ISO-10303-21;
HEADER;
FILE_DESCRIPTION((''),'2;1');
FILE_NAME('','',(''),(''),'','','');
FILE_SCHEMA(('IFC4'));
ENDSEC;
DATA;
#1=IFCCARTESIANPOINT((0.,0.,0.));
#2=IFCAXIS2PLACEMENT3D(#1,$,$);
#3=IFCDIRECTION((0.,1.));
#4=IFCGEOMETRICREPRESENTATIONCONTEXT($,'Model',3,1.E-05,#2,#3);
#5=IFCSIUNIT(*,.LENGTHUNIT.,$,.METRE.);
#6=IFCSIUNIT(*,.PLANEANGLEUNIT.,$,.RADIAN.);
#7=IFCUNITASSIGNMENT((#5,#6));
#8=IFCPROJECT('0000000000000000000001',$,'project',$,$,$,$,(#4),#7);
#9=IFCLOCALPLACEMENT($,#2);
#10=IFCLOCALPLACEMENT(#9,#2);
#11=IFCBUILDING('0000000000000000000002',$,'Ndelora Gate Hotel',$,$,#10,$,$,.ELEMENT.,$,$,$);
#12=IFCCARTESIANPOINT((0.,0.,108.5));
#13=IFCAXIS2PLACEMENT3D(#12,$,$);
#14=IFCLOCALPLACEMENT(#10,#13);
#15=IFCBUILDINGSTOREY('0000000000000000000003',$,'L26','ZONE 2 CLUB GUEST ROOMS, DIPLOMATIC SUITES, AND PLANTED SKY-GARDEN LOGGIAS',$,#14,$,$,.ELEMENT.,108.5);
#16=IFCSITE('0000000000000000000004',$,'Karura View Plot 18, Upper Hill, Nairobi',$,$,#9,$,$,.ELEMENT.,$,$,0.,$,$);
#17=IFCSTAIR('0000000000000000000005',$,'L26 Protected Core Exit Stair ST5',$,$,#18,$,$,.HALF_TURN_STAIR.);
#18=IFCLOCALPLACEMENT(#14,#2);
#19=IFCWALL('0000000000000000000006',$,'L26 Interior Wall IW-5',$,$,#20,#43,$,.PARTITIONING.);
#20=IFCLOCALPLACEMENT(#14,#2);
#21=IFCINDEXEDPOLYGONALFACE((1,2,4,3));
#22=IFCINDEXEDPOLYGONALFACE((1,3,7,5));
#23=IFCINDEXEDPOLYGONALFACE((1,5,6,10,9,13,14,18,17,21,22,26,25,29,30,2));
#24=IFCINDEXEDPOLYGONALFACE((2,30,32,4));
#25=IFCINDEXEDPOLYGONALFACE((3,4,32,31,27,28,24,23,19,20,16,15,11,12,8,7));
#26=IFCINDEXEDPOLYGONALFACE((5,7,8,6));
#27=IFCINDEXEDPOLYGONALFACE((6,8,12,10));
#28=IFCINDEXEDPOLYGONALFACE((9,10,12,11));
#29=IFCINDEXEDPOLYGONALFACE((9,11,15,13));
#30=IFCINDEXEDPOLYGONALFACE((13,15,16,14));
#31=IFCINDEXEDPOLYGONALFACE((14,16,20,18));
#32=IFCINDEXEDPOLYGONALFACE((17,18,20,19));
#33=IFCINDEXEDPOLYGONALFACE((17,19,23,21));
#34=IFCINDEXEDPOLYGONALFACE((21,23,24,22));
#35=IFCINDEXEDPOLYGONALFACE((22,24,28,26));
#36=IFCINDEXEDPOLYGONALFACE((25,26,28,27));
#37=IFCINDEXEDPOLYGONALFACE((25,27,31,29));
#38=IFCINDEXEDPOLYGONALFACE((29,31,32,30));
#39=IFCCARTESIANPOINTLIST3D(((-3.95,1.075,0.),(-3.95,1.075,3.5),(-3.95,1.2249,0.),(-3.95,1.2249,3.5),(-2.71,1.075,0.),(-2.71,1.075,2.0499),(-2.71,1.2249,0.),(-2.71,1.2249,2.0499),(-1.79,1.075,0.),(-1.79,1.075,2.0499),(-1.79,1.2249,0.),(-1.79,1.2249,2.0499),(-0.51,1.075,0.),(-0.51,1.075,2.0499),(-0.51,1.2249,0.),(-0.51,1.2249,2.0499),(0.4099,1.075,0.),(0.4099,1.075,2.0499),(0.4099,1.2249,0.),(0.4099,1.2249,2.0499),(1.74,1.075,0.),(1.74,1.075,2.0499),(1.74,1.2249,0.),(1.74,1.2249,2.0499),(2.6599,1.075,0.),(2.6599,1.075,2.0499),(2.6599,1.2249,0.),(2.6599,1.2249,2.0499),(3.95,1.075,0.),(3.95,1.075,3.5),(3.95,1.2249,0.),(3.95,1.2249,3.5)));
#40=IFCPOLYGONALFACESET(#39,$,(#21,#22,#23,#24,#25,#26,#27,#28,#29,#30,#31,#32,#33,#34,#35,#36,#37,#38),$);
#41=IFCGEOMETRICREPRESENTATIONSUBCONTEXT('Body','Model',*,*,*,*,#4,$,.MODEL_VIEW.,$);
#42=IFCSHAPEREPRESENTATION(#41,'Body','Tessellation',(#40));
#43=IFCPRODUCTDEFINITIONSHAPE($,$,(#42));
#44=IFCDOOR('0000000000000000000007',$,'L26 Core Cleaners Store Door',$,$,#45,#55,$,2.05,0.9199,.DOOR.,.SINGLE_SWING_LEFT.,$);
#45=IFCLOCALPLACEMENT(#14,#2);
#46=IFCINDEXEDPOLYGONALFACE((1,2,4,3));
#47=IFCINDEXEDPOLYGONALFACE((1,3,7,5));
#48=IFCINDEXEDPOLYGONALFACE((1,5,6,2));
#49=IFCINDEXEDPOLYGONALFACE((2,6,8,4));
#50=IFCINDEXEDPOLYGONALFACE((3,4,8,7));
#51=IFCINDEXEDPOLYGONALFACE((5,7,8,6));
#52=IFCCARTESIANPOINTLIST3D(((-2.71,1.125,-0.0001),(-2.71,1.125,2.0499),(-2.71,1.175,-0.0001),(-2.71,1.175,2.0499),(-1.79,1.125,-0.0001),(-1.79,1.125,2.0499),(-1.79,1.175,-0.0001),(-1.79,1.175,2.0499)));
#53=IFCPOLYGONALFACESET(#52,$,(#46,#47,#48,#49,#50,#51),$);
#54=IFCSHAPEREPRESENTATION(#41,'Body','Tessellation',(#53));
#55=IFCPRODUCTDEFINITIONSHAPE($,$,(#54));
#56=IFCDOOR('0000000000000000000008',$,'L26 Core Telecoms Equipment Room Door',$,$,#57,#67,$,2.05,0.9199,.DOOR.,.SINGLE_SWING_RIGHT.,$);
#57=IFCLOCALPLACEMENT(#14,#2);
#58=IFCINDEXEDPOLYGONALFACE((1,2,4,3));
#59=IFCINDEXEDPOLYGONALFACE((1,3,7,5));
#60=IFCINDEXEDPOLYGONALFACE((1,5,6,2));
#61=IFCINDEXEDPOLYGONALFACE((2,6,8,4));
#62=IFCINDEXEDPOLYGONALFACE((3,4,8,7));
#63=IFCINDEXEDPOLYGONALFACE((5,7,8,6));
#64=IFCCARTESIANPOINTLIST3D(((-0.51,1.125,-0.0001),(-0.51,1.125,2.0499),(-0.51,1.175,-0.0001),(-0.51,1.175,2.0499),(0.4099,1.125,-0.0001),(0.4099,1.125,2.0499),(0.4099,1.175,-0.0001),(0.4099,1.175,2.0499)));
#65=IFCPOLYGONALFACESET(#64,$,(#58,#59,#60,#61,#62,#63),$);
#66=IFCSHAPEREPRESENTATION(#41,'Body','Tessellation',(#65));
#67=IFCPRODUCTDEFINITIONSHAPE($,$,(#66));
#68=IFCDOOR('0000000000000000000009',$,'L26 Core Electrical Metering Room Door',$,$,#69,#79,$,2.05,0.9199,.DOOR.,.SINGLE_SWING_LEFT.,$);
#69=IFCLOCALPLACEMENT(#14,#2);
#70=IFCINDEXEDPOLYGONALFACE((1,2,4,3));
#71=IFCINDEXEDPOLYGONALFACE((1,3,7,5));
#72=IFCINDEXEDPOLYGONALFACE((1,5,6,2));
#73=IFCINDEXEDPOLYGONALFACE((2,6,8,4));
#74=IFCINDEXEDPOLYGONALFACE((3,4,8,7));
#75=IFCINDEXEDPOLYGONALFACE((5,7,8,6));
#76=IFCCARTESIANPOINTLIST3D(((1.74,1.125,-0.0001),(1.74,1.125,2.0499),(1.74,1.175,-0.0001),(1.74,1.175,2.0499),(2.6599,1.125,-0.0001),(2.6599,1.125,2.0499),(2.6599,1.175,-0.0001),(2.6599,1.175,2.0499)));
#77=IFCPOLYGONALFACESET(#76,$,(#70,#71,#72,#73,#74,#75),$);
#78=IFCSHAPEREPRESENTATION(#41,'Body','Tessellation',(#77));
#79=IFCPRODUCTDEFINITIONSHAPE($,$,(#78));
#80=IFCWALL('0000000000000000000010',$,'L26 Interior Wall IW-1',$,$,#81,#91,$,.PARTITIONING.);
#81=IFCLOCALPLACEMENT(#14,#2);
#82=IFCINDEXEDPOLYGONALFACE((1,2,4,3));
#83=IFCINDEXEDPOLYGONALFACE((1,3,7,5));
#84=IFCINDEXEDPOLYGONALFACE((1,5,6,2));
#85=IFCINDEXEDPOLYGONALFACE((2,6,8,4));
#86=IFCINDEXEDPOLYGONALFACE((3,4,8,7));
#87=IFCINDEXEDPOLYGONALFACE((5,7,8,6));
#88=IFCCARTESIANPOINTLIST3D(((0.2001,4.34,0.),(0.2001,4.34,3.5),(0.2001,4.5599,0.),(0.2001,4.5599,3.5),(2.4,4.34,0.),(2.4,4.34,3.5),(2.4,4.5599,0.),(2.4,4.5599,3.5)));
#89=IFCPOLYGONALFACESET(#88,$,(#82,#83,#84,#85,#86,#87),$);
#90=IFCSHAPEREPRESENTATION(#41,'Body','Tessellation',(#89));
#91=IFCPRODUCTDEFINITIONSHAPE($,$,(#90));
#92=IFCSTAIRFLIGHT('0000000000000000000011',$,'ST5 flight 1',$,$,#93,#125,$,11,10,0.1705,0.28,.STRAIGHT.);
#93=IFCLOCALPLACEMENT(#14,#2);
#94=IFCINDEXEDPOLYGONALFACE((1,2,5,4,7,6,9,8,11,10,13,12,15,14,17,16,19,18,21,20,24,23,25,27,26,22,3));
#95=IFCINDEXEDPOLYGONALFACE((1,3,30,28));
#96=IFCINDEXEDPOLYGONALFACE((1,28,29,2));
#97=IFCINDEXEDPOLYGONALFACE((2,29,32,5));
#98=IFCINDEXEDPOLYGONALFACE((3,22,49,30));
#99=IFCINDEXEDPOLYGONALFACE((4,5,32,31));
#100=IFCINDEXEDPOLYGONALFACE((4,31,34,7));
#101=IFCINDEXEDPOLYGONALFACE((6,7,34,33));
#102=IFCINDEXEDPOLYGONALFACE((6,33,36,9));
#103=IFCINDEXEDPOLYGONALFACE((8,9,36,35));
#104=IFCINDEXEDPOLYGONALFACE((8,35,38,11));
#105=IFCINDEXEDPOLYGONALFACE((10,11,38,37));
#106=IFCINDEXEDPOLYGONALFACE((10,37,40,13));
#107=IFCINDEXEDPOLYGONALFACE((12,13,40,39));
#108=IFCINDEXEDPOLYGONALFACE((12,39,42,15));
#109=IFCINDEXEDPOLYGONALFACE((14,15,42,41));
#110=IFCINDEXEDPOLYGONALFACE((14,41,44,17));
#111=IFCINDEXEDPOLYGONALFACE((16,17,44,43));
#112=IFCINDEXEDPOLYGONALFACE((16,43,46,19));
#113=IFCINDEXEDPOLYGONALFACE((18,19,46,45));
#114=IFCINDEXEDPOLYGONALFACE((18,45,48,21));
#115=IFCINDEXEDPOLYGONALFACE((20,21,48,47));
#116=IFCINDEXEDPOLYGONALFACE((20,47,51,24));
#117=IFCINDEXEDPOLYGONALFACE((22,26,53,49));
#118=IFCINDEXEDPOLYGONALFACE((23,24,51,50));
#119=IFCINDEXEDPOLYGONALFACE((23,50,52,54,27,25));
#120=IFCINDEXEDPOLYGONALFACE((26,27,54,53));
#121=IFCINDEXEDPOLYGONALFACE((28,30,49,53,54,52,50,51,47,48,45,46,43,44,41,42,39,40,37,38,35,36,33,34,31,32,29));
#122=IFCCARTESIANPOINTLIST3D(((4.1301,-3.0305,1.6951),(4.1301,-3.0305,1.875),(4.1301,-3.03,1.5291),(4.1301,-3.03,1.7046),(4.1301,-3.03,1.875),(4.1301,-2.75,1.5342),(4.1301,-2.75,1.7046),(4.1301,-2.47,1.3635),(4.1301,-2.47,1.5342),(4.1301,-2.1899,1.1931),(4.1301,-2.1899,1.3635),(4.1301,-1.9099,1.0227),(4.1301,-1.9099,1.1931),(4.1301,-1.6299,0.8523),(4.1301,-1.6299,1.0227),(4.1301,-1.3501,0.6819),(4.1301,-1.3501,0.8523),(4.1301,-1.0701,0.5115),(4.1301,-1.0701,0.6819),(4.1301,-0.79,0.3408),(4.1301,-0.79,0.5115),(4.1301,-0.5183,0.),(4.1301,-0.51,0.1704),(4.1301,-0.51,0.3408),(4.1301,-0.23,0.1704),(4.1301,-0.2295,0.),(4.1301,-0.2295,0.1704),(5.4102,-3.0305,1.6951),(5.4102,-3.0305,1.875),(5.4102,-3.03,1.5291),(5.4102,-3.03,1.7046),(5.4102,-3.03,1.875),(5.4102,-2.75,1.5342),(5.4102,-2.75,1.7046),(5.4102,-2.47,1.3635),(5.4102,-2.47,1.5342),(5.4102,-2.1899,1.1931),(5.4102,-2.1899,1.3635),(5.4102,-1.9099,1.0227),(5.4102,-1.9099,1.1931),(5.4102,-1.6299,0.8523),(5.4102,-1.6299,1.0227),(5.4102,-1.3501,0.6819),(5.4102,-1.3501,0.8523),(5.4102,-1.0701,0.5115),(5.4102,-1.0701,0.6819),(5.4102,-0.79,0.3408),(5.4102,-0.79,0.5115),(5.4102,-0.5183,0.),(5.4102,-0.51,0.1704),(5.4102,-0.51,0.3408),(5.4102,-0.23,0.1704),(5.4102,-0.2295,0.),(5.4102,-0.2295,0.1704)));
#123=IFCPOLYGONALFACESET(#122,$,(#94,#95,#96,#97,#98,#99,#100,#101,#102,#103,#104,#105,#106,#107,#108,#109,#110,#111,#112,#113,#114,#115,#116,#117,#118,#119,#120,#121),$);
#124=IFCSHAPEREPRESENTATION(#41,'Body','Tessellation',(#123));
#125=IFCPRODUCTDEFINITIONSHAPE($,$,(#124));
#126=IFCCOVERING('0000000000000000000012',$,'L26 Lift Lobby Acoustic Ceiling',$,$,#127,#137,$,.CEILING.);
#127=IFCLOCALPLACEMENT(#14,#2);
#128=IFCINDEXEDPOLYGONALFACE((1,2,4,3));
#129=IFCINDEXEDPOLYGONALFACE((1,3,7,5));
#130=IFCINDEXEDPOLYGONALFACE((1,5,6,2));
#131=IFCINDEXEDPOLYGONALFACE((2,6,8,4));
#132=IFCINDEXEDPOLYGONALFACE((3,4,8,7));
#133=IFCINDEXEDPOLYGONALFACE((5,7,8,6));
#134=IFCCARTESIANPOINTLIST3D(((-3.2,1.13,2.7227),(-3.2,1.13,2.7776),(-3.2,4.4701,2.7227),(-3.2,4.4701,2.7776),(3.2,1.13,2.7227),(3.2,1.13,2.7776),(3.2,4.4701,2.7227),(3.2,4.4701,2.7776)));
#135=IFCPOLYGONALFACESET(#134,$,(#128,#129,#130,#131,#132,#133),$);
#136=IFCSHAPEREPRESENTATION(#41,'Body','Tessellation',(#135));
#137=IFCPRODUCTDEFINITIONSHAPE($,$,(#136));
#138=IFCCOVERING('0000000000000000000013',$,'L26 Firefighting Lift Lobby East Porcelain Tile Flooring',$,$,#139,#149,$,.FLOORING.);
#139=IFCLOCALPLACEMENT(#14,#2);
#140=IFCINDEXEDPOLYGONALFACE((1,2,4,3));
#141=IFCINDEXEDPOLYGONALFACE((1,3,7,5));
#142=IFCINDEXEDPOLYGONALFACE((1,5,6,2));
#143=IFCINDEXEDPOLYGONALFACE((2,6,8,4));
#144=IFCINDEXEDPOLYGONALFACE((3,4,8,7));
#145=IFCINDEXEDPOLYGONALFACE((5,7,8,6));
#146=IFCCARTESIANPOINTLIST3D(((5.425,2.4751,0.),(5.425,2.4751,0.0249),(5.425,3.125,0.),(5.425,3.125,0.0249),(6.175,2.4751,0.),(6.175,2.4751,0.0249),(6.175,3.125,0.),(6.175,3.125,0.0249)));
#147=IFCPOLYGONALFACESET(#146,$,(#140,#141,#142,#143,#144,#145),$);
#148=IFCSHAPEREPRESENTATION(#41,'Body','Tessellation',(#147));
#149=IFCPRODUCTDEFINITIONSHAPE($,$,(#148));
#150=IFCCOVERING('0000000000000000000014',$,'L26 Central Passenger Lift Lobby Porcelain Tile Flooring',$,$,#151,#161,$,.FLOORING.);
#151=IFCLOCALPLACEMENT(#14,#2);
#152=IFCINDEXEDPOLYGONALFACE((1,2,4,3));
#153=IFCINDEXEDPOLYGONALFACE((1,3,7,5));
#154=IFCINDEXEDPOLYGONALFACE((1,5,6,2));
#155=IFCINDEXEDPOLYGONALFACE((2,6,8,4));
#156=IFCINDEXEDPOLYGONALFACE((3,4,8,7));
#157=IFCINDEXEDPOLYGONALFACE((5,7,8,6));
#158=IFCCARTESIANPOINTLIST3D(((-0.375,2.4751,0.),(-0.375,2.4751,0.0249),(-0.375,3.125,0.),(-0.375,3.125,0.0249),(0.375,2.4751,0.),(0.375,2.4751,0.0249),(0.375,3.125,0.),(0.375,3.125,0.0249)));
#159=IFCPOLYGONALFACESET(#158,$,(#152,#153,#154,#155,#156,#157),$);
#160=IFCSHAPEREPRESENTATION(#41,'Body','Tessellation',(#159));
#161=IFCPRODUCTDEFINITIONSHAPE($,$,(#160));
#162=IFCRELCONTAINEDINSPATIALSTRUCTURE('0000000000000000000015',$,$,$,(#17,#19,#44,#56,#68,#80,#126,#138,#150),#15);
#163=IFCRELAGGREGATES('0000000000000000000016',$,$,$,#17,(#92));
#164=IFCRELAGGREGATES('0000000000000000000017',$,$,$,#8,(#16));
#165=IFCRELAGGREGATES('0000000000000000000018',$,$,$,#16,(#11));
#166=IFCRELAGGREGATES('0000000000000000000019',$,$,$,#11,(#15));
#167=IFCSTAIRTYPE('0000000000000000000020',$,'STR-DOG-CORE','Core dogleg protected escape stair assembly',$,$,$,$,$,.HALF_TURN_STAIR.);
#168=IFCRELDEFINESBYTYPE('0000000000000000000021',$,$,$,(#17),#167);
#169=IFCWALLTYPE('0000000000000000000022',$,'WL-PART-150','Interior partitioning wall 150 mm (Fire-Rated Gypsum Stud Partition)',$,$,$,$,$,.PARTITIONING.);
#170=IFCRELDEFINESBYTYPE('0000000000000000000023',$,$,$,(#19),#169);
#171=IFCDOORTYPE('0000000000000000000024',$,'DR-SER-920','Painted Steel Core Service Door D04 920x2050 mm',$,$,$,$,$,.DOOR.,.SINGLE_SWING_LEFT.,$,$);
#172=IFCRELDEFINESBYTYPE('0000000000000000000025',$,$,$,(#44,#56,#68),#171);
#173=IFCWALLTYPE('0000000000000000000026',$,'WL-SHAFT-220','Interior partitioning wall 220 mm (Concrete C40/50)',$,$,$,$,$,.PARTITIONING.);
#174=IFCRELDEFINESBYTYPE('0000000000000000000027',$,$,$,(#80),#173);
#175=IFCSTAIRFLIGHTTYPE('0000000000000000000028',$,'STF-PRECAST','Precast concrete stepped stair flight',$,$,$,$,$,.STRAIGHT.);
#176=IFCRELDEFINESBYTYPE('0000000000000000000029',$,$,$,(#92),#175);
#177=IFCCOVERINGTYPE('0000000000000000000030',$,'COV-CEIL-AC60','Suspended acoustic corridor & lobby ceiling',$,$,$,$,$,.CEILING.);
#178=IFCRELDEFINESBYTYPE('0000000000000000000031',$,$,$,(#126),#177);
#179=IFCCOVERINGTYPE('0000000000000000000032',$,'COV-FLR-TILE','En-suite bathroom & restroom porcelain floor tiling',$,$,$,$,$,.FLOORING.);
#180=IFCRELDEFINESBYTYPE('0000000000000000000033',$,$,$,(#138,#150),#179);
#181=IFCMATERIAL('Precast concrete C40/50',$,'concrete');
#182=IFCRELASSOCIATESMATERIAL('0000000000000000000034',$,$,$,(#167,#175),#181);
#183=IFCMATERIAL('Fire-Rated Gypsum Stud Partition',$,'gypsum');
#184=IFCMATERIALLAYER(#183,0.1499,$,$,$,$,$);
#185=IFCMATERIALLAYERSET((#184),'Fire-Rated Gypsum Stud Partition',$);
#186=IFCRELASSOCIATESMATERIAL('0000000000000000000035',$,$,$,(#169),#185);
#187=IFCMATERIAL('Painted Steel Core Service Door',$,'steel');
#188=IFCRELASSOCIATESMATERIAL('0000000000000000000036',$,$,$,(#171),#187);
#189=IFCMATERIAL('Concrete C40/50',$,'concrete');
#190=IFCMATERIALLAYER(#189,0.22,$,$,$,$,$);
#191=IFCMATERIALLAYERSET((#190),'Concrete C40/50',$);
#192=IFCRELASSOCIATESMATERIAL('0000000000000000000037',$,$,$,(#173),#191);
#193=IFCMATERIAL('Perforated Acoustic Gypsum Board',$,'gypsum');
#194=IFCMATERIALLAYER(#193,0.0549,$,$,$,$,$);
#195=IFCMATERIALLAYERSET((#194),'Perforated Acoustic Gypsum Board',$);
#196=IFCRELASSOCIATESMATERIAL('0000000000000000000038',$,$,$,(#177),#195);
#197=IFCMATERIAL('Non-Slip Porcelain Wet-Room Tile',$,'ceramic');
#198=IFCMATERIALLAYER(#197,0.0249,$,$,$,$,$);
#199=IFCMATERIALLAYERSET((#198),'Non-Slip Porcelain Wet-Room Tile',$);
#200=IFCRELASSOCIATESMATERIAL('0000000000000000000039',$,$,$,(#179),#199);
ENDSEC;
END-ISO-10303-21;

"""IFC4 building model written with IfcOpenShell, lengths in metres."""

from ifc_helpers import new_model, si_unit, direction, frame, frame_2d, origin, origin_2d, place, context, subcontext, project, spatial, polyline, rectangle, outline, extrude, material, layer, layer_set, type_object, element, fill, aggregate, save


model = new_model("IFC4")

# Units and contexts
model_context = context("Model", 3, precision=1e-05, world=origin(), true_north=direction((0.0, 1.0)))
body_context = subcontext(model_context, "Body", "Model", "MODEL_VIEW")
ifc_project = project(units=[si_unit("LENGTHUNIT", "METRE"), si_unit("PLANEANGLEUNIT", "RADIAN")], contexts=[model_context])

# Site, building, storey
site_placement = place(None, origin())
site = spatial("IfcSite", under=ifc_project, at=site_placement, Name="Karura View Plot 18, Upper Hill, Nairobi", CompositionType="ELEMENT", RefElevation=0.0)
building_placement = place(site_placement, origin())
building = spatial("IfcBuilding", under=site, at=building_placement, Name="Ndelora Gate Hotel", CompositionType="ELEMENT")
storey_placement = place(building_placement, frame((0.0, 0.0, 108.5)))
storey = spatial("IfcBuildingStorey", under=building, at=storey_placement, Name="L26", Description="ZONE 2 CLUB GUEST ROOMS, DIPLOMATIC SUITES, AND PLANTED SKY-GARDEN LOGGIAS", CompositionType="ELEMENT", Elevation=108.5)

# Stair
ifc_material_1 = material(Name="Precast concrete C40/50", Category="concrete")
stair_type = type_object("IfcStairType", Name="STR-DOG-CORE", Description="Core dogleg protected escape stair assembly", PredefinedType="HALF_TURN_STAIR", material=ifc_material_1)
stair_1_placement = place(storey_placement, origin())
stair_1 = element("IfcStair", 1, at=stair_1_placement, inside=storey, type_object=stair_type, Name="L26 Protected Core Exit Stair ST5", PredefinedType="HALF_TURN_STAIR")

# Shared definitions
ifc_material_2 = material(Name="Concrete C40/50", Category="concrete")

# Wall, openings, doors
ifc_material_3 = material(Name="Fire-Rated Gypsum Stud Partition", Category="gypsum")
ifc_layer_1 = layer(ifc_material_3, 0.1499)
ifc_layer_set_1 = layer_set([ifc_layer_1], Name="Fire-Rated Gypsum Stud Partition")
wall_type_1 = type_object("IfcWallType", Name="WL-PART-150", Description="Interior partitioning wall 150 mm (Fire-Rated Gypsum Stud Partition)", PredefinedType="PARTITIONING", material=ifc_layer_set_1)
wall_1_placement = place(storey_placement, frame((3.95, 1.1499, 0.0), z_axis=(0.0, 0.0, 1.0), x_axis=(-1.0, 0.0, 0.0)))
wall_1 = element("IfcWall", 2, at=wall_1_placement, inside=storey, type_object=wall_type_1, Name="L26 Interior Wall IW-5", PredefinedType="PARTITIONING", context=body_context, shape_type="SweptSolid", body=[
    extrude(rectangle(XDim=7.8999, YDim=0.1499, at=frame_2d((3.95, 0.0))), origin(), (0.0, 0.0, 1.0), 3.5),
])
opening_1_placement = place(wall_1_placement, frame((5.74, 0.0, 0.0)))
opening_1 = element("IfcOpeningElement", 3, at=opening_1_placement, cuts=wall_1, PredefinedType="OPENING", context=body_context, shape_type="SweptSolid", body=[
    extrude(rectangle(XDim=0.9199, YDim=2.05, at=frame_2d((0.46, 1.0249))), frame((0.0, 0.085, 0.0), z_axis=(0.0, -1.0, 0.0), x_axis=(1.0, 0.0, 0.0)), (0.0, 0.0, 1.0), 0.1699),
])
opening_2_placement = place(wall_1_placement, frame((3.54, 0.0, 0.0)))
opening_2 = element("IfcOpeningElement", 4, at=opening_2_placement, cuts=wall_1, PredefinedType="OPENING", context=body_context, shape_type="SweptSolid", body=[
    extrude(rectangle(XDim=0.9199, YDim=2.05, at=frame_2d((0.46, 1.0249))), frame((0.0, 0.085, 0.0), z_axis=(0.0, -1.0, 0.0), x_axis=(1.0, 0.0, 0.0)), (0.0, 0.0, 1.0), 0.1699),
])
opening_3_placement = place(wall_1_placement, frame((1.29, 0.0, 0.0)))
opening_3 = element("IfcOpeningElement", 5, at=opening_3_placement, cuts=wall_1, PredefinedType="OPENING", context=body_context, shape_type="SweptSolid", body=[
    extrude(rectangle(XDim=0.9199, YDim=2.05, at=frame_2d((0.46, 1.0249))), frame((0.0, 0.085, 0.0), z_axis=(0.0, -1.0, 0.0), x_axis=(1.0, 0.0, 0.0)), (0.0, 0.0, 1.0), 0.1699),
])
ifc_material_4 = material(Name="Painted Steel Core Service Door", Category="steel")
door_type_1 = type_object("IfcDoorType", Name="DR-SER-920", Description="Painted Steel Core Service Door D04 920x2050 mm", OperationType="SINGLE_SWING_LEFT", PredefinedType="DOOR", material=ifc_material_4)
door_1_placement = place(opening_1_placement, origin())
door_1 = element("IfcDoor", 6, at=door_1_placement, inside=storey, type_object=door_type_1, Name="L26 Core Cleaners Store Door", OperationType="SINGLE_SWING_LEFT", OverallHeight=2.05, OverallWidth=0.9199, PredefinedType="DOOR", context=body_context, shape_type="SweptSolid", body=[
    extrude(rectangle(XDim=0.9199, YDim=2.05, at=frame_2d((0.46, 1.0249))), frame((0.0, 0.0249, 0.0), z_axis=(0.0, -1.0, 0.0), x_axis=(1.0, 0.0, 0.0)), (0.0, 0.0, 1.0), 0.05),
])
fill(opening_1, door_1)
door_2_placement = place(opening_2_placement, origin())
door_2 = element("IfcDoor", 7, at=door_2_placement, inside=storey, type_object=door_type_1, Name="L26 Core Telecoms Equipment Room Door", OperationType="SINGLE_SWING_RIGHT", OverallHeight=2.05, OverallWidth=0.9199, PredefinedType="DOOR", context=body_context, shape_type="SweptSolid", body=[
    extrude(rectangle(XDim=0.9199, YDim=2.05, at=frame_2d((0.46, 1.0249))), frame((0.0, 0.0249, 0.0), z_axis=(0.0, -1.0, 0.0), x_axis=(1.0, 0.0, 0.0)), (0.0, 0.0, 1.0), 0.05),
])
fill(opening_2, door_2)
door_3_placement = place(opening_3_placement, origin())
door_3 = element("IfcDoor", 8, at=door_3_placement, inside=storey, type_object=door_type_1, Name="L26 Core Electrical Metering Room Door", OperationType="SINGLE_SWING_LEFT", OverallHeight=2.05, OverallWidth=0.9199, PredefinedType="DOOR", context=body_context, shape_type="SweptSolid", body=[
    extrude(rectangle(XDim=0.9199, YDim=2.05, at=frame_2d((0.46, 1.0249))), frame((0.0, 0.0249, 0.0), z_axis=(0.0, -1.0, 0.0), x_axis=(1.0, 0.0, 0.0)), (0.0, 0.0, 1.0), 0.05),
])
fill(opening_3, door_3)

# Shared definitions
ifc_layer_2 = layer(ifc_material_2, 0.22)
ifc_layer_set_2 = layer_set([ifc_layer_2], Name="Concrete C40/50")
wall_type_2 = type_object("IfcWallType", Name="WL-SHAFT-220", Description="Interior partitioning wall 220 mm (Concrete C40/50)", PredefinedType="PARTITIONING", material=ifc_layer_set_2)

# Wall
wall_2_placement = place(storey_placement, frame((0.2, 4.45, 0.0), z_axis=(0.0, 0.0, 1.0), x_axis=(1.0, 0.0, 0.0)))
element("IfcWall", 9, at=wall_2_placement, inside=storey, type_object=wall_type_2, Name="L26 Interior Wall IW-1", PredefinedType="PARTITIONING", context=body_context, shape_type="SweptSolid", body=[
    extrude(rectangle(XDim=2.2, YDim=0.22, at=frame_2d((1.1001, 0.0))), origin(), (0.0, 0.0, 1.0), 3.5),
])

# Stair flight
stair_flight_type = type_object("IfcStairFlightType", Name="STF-PRECAST", Description="Precast concrete stepped stair flight", PredefinedType="STRAIGHT", material=ifc_material_1)
stair_flight_placement = place(storey_placement, frame((4.77, -0.23, 0.0), z_axis=(0.0, 0.0, 1.0), x_axis=(0.0, -1.0, 0.0)))
stair_flight = element("IfcStairFlight", 10, at=stair_flight_placement, type_object=stair_flight_type, Name="ST5 flight 1", NumberOfRisers=11, NumberOfTreads=10, PredefinedType="STRAIGHT", RiserHeight=0.1705, TreadLength=0.28, context=body_context, shape_type="SweptSolid", body=[
    extrude(outline(polyline([(-0.0005, 0.0), (-0.0005, 0.1704), (0.0, 0.1704), (0.28, 0.1704), (0.28, 0.3408), (0.5601, 0.3408), (0.5601, 0.5115), (0.8401, 0.5115), (0.8401, 0.6819), (1.1201, 0.6819), (1.1201, 0.8523), (1.3999, 0.8523), (1.3999, 1.0227), (1.6799, 1.0227), (1.6799, 1.1931), (1.96, 1.1931), (1.96, 1.3635), (2.24, 1.3635), (2.24, 1.5342), (2.52, 1.5342), (2.52, 1.7046), (2.8, 1.7046), (2.8, 1.875), (2.8005, 1.875), (2.8005, 1.6951), (2.8, 1.5291), (0.2883, 0.0), (-0.0005, 0.0)])), frame((0.0, 0.6401, 0.0), z_axis=(0.0, -1.0, 0.0), x_axis=(1.0, 0.0, 0.0)), (0.0, 0.0, 1.0), 1.28),
])
aggregate(stair_1, [stair_flight])

# Coverings
ifc_material_5 = material(Name="Perforated Acoustic Gypsum Board", Category="gypsum")
ifc_layer_3 = layer(ifc_material_5, 0.0549)
ifc_layer_set_3 = layer_set([ifc_layer_3], Name="Perforated Acoustic Gypsum Board")
covering_type_1 = type_object("IfcCoveringType", Name="COV-CEIL-AC60", Description="Suspended acoustic corridor & lobby ceiling", PredefinedType="CEILING", material=ifc_layer_set_3)
covering_placement = place(storey_placement, frame((0.0, 2.8, 2.7227), z_axis=(0.0, 0.0, 1.0), x_axis=(1.0, 0.0, 0.0)))
element("IfcCovering", 11, at=covering_placement, inside=storey, type_object=covering_type_1, Name="L26 Lift Lobby Acoustic Ceiling", PredefinedType="CEILING", context=body_context, shape_type="SweptSolid", body=[
    extrude(rectangle(XDim=6.3999, YDim=3.3401, at=origin_2d()), origin(), (0.0, 0.0, 1.0), 0.0549),
])
ifc_material_6 = material(Name="Non-Slip Porcelain Wet-Room Tile", Category="ceramic")
ifc_layer_4 = layer(ifc_material_6, 0.0249)
ifc_layer_set_4 = layer_set([ifc_layer_4], Name="Non-Slip Porcelain Wet-Room Tile")
covering_type_2 = type_object("IfcCoveringType", Name="COV-FLR-TILE", Description="En-suite bathroom & restroom porcelain floor tiling", PredefinedType="FLOORING", material=ifc_layer_set_4)
for number, where, z_axis, x_axis, name in (
    (12, (5.8, 2.8, 0.0), (0.0, 0.0, 1.0), (1.0, 0.0, 0.0), "L26 Firefighting Lift Lobby East Porcelain Tile Flooring"),
    (13, (0.0, 2.8, 0.0), (0.0, 0.0, 1.0), (1.0, 0.0, 0.0), "L26 Central Passenger Lift Lobby Porcelain Tile Flooring"),
):
    element("IfcCovering", number, at=place(storey_placement, frame(where, z_axis=z_axis, x_axis=x_axis)), inside=storey, type_object=covering_type_2, Name=name, PredefinedType="FLOORING", context=body_context, shape_type="SweptSolid", body=[
        extrude(rectangle(XDim=0.75, YDim=0.6499, at=origin_2d()), origin(), (0.0, 0.0, 1.0), 0.0249),
    ])

save(model, "model.ifc")
